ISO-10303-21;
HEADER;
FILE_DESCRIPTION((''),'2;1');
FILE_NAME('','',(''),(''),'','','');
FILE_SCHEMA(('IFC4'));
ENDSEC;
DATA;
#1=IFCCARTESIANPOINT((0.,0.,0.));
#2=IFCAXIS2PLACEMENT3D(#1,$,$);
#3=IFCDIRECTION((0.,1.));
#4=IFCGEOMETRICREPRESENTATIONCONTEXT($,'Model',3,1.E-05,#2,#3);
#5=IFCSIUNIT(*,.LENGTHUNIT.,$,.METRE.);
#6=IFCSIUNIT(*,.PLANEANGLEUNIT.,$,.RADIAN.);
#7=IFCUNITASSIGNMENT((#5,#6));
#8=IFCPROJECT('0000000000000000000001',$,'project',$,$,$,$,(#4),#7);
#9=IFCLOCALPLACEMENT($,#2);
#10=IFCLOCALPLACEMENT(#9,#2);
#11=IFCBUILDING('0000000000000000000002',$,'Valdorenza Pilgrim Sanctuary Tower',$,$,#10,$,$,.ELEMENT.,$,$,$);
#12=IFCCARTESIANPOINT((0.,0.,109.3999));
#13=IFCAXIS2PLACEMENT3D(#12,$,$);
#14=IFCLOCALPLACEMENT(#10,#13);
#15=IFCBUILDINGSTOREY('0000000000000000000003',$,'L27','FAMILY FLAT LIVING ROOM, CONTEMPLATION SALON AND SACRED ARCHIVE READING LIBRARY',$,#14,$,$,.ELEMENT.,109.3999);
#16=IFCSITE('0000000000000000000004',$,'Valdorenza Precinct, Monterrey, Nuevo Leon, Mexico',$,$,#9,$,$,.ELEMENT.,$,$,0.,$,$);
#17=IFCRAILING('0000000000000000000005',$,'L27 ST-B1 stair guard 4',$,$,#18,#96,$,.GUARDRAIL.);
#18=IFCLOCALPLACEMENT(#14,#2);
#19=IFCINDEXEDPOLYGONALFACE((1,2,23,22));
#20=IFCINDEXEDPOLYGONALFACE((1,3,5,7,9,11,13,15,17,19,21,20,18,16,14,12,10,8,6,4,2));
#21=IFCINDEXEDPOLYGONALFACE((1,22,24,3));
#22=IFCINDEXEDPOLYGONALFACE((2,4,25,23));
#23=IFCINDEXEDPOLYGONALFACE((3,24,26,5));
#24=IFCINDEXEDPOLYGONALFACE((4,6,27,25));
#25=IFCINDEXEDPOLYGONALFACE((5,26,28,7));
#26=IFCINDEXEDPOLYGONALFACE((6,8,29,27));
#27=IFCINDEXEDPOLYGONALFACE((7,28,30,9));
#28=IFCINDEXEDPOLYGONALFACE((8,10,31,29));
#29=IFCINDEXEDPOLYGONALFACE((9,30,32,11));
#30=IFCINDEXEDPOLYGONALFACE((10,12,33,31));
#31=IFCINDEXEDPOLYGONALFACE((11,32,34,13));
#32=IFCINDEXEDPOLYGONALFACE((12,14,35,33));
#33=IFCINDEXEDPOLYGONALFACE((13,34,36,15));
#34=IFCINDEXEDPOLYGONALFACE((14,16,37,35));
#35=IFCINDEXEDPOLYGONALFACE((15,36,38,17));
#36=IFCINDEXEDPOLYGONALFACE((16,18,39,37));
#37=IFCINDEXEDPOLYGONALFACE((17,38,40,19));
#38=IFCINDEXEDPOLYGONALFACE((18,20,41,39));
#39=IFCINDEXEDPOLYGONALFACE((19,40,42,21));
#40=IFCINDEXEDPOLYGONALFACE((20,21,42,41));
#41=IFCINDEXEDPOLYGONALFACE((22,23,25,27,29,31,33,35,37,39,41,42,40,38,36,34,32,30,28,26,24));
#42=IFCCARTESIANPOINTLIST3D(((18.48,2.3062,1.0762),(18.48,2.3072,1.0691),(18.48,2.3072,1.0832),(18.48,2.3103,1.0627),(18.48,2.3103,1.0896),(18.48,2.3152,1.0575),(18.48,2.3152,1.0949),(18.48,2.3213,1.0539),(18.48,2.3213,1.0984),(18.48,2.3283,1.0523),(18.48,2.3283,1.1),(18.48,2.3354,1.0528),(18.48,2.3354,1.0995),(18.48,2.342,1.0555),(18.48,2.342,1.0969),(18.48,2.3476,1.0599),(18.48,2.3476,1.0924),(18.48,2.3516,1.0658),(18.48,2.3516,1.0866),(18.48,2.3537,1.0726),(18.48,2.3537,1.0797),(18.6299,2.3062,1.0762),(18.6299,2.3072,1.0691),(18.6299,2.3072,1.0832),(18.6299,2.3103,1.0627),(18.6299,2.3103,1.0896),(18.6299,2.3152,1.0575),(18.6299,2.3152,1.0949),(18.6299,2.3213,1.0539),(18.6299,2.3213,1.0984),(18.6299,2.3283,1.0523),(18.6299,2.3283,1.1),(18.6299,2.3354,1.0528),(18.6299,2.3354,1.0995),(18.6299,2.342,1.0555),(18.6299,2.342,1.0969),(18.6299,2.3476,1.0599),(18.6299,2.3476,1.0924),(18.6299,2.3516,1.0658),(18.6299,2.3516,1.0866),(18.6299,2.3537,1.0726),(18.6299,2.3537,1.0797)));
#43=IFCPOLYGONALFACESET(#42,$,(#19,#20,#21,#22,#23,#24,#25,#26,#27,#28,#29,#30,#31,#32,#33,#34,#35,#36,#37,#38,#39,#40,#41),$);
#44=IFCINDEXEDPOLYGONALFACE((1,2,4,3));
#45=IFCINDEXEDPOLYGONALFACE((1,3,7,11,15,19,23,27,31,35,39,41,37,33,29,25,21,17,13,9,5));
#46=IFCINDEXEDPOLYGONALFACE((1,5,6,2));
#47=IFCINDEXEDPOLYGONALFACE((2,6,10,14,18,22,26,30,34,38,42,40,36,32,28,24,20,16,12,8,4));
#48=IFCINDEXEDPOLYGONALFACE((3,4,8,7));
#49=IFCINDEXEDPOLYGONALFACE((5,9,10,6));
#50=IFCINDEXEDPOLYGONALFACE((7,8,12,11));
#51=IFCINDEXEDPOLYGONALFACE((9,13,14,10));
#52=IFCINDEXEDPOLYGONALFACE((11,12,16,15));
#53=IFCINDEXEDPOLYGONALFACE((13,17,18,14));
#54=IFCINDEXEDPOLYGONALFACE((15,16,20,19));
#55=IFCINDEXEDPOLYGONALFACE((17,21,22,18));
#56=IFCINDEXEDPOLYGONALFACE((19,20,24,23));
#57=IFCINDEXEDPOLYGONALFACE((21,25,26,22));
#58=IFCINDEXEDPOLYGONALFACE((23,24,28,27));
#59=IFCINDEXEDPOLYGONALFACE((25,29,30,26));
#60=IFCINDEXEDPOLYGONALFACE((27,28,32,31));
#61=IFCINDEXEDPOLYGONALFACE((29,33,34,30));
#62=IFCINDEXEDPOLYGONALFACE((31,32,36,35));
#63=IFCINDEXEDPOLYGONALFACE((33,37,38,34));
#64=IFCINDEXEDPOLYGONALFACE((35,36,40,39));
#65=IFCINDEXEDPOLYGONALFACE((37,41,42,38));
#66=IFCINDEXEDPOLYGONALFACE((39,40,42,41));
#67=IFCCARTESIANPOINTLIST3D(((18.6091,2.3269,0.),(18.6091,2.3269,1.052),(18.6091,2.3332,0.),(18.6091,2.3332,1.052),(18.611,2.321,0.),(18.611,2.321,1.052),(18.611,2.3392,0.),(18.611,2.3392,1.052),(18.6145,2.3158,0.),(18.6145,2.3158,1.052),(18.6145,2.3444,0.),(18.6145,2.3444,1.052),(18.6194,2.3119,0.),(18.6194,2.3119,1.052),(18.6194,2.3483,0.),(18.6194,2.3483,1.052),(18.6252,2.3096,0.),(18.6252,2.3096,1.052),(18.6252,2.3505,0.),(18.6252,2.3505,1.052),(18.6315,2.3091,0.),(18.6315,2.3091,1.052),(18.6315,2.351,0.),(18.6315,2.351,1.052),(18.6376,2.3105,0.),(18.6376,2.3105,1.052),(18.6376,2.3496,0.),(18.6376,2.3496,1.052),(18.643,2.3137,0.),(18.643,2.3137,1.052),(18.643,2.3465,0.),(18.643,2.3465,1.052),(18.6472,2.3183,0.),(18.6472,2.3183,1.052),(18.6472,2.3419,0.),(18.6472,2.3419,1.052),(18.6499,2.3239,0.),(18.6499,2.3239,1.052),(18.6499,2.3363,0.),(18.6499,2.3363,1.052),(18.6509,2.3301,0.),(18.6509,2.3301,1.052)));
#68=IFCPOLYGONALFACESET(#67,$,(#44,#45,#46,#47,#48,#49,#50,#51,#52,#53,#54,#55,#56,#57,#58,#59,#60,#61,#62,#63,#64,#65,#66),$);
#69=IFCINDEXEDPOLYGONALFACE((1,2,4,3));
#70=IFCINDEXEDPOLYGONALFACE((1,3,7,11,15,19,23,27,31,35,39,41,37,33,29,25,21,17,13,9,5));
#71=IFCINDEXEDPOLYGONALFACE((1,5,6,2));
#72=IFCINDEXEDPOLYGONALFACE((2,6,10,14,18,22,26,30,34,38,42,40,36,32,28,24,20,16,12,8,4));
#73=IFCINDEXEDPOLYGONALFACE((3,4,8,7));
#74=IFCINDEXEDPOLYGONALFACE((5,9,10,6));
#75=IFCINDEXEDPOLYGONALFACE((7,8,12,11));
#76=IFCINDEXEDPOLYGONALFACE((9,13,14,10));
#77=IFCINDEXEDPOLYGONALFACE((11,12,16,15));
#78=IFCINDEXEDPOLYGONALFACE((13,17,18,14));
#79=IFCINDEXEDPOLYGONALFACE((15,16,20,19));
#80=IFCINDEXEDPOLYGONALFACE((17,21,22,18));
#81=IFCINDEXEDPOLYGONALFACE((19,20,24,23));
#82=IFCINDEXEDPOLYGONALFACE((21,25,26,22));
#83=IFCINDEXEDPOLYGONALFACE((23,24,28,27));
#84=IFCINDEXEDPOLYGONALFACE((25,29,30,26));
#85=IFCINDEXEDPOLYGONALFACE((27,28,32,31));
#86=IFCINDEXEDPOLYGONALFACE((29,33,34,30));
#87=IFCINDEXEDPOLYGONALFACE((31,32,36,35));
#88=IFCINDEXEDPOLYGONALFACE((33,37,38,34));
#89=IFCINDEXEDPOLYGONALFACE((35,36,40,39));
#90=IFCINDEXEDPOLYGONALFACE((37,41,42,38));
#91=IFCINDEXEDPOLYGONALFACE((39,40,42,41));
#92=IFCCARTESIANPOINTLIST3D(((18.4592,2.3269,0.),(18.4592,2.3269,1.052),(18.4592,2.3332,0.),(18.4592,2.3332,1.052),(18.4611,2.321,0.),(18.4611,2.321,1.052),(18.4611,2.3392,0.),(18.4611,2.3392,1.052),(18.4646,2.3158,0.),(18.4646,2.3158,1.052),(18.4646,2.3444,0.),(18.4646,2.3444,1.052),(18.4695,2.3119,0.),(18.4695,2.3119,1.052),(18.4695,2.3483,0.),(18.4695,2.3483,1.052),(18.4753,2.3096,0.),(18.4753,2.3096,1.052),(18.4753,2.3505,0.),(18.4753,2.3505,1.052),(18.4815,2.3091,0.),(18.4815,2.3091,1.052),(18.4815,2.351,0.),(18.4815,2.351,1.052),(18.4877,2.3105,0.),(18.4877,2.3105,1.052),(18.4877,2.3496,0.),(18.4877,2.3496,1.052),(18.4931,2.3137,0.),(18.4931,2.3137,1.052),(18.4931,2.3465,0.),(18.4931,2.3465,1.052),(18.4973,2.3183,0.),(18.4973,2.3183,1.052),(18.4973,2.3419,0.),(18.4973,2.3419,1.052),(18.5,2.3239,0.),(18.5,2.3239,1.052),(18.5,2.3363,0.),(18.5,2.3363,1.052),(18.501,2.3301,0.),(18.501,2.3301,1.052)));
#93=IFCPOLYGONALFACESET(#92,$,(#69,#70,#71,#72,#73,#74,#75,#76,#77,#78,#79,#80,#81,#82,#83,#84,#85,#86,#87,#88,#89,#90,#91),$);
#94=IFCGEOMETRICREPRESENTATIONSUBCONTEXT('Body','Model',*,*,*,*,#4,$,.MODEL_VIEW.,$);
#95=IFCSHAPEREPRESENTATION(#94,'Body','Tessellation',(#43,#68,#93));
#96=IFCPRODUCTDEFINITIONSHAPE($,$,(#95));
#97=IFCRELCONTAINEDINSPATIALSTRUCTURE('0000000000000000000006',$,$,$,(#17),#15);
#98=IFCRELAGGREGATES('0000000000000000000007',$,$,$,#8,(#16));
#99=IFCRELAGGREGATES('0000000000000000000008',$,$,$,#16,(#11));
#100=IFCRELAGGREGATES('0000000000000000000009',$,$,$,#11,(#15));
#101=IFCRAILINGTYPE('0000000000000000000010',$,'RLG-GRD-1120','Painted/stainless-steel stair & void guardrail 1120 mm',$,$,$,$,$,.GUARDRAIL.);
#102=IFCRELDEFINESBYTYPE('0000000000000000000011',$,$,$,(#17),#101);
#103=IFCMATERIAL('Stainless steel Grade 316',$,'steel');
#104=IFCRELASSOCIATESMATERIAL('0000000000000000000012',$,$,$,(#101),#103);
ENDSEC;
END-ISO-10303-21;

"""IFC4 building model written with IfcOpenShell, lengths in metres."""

from ifc_helpers import new_model, si_unit, direction, frame, origin, origin_2d, place, context, subcontext, project, spatial, circle, extrude, material, type_object, element, save


model = new_model("IFC4")

# Units and contexts
model_context = context("Model", 3, precision=1e-05, world=origin(), true_north=direction((0.0, 1.0)))
body_context = subcontext(model_context, "Body", "Model", "MODEL_VIEW")
ifc_project = project(units=[si_unit("LENGTHUNIT", "METRE"), si_unit("PLANEANGLEUNIT", "RADIAN")], contexts=[model_context])

# Site, building, storey
site_placement = place(None, origin())
site = spatial("IfcSite", under=ifc_project, at=site_placement, Name="Valdorenza Precinct, Monterrey, Nuevo Leon, Mexico", CompositionType="ELEMENT", RefElevation=0.0)
building_placement = place(site_placement, origin())
building = spatial("IfcBuilding", under=site, at=building_placement, Name="Valdorenza Pilgrim Sanctuary Tower", CompositionType="ELEMENT")
storey_placement = place(building_placement, frame((0.0, 0.0, 109.3999)))
storey = spatial("IfcBuildingStorey", under=building, at=storey_placement, Name="L27", Description="FAMILY FLAT LIVING ROOM, CONTEMPLATION SALON AND SACRED ARCHIVE READING LIBRARY", CompositionType="ELEMENT", Elevation=109.3999)

# Railing
ifc_material_1 = material(Name="Stainless steel Grade 316", Category="steel")
railing_type_1 = type_object("IfcRailingType", Name="RLG-GRD-1120", Description="Painted/stainless-steel stair & void guardrail 1120 mm", PredefinedType="GUARDRAIL", material=ifc_material_1)
railing_1_placement = place(storey_placement, frame((18.6299, 2.3301, 0.0)))
element("IfcRailing", 1, at=railing_1_placement, inside=storey, type_object=railing_type_1, Name="L27 ST-B1 stair guard 4", PredefinedType="GUARDRAIL", context=body_context, shape_type="SweptSolid", body=[
    extrude(circle(Radius=0.0239, at=origin_2d()), frame((0.0, 0.0, 1.0762), z_axis=(-1.0, 0.0, 0.0), x_axis=(0.0, -1.0, 0.0)), (0.0, 0.0, 1.0), 0.1499),
    extrude(circle(Radius=0.021, at=origin_2d()), origin(), (0.0, 0.0, 1.0), 1.052),
    extrude(circle(Radius=0.021, at=origin_2d()), frame((-0.1499, 0.0, 0.0)), (0.0, 0.0, 1.0), 1.052),
])

save(model, "model.ifc")
